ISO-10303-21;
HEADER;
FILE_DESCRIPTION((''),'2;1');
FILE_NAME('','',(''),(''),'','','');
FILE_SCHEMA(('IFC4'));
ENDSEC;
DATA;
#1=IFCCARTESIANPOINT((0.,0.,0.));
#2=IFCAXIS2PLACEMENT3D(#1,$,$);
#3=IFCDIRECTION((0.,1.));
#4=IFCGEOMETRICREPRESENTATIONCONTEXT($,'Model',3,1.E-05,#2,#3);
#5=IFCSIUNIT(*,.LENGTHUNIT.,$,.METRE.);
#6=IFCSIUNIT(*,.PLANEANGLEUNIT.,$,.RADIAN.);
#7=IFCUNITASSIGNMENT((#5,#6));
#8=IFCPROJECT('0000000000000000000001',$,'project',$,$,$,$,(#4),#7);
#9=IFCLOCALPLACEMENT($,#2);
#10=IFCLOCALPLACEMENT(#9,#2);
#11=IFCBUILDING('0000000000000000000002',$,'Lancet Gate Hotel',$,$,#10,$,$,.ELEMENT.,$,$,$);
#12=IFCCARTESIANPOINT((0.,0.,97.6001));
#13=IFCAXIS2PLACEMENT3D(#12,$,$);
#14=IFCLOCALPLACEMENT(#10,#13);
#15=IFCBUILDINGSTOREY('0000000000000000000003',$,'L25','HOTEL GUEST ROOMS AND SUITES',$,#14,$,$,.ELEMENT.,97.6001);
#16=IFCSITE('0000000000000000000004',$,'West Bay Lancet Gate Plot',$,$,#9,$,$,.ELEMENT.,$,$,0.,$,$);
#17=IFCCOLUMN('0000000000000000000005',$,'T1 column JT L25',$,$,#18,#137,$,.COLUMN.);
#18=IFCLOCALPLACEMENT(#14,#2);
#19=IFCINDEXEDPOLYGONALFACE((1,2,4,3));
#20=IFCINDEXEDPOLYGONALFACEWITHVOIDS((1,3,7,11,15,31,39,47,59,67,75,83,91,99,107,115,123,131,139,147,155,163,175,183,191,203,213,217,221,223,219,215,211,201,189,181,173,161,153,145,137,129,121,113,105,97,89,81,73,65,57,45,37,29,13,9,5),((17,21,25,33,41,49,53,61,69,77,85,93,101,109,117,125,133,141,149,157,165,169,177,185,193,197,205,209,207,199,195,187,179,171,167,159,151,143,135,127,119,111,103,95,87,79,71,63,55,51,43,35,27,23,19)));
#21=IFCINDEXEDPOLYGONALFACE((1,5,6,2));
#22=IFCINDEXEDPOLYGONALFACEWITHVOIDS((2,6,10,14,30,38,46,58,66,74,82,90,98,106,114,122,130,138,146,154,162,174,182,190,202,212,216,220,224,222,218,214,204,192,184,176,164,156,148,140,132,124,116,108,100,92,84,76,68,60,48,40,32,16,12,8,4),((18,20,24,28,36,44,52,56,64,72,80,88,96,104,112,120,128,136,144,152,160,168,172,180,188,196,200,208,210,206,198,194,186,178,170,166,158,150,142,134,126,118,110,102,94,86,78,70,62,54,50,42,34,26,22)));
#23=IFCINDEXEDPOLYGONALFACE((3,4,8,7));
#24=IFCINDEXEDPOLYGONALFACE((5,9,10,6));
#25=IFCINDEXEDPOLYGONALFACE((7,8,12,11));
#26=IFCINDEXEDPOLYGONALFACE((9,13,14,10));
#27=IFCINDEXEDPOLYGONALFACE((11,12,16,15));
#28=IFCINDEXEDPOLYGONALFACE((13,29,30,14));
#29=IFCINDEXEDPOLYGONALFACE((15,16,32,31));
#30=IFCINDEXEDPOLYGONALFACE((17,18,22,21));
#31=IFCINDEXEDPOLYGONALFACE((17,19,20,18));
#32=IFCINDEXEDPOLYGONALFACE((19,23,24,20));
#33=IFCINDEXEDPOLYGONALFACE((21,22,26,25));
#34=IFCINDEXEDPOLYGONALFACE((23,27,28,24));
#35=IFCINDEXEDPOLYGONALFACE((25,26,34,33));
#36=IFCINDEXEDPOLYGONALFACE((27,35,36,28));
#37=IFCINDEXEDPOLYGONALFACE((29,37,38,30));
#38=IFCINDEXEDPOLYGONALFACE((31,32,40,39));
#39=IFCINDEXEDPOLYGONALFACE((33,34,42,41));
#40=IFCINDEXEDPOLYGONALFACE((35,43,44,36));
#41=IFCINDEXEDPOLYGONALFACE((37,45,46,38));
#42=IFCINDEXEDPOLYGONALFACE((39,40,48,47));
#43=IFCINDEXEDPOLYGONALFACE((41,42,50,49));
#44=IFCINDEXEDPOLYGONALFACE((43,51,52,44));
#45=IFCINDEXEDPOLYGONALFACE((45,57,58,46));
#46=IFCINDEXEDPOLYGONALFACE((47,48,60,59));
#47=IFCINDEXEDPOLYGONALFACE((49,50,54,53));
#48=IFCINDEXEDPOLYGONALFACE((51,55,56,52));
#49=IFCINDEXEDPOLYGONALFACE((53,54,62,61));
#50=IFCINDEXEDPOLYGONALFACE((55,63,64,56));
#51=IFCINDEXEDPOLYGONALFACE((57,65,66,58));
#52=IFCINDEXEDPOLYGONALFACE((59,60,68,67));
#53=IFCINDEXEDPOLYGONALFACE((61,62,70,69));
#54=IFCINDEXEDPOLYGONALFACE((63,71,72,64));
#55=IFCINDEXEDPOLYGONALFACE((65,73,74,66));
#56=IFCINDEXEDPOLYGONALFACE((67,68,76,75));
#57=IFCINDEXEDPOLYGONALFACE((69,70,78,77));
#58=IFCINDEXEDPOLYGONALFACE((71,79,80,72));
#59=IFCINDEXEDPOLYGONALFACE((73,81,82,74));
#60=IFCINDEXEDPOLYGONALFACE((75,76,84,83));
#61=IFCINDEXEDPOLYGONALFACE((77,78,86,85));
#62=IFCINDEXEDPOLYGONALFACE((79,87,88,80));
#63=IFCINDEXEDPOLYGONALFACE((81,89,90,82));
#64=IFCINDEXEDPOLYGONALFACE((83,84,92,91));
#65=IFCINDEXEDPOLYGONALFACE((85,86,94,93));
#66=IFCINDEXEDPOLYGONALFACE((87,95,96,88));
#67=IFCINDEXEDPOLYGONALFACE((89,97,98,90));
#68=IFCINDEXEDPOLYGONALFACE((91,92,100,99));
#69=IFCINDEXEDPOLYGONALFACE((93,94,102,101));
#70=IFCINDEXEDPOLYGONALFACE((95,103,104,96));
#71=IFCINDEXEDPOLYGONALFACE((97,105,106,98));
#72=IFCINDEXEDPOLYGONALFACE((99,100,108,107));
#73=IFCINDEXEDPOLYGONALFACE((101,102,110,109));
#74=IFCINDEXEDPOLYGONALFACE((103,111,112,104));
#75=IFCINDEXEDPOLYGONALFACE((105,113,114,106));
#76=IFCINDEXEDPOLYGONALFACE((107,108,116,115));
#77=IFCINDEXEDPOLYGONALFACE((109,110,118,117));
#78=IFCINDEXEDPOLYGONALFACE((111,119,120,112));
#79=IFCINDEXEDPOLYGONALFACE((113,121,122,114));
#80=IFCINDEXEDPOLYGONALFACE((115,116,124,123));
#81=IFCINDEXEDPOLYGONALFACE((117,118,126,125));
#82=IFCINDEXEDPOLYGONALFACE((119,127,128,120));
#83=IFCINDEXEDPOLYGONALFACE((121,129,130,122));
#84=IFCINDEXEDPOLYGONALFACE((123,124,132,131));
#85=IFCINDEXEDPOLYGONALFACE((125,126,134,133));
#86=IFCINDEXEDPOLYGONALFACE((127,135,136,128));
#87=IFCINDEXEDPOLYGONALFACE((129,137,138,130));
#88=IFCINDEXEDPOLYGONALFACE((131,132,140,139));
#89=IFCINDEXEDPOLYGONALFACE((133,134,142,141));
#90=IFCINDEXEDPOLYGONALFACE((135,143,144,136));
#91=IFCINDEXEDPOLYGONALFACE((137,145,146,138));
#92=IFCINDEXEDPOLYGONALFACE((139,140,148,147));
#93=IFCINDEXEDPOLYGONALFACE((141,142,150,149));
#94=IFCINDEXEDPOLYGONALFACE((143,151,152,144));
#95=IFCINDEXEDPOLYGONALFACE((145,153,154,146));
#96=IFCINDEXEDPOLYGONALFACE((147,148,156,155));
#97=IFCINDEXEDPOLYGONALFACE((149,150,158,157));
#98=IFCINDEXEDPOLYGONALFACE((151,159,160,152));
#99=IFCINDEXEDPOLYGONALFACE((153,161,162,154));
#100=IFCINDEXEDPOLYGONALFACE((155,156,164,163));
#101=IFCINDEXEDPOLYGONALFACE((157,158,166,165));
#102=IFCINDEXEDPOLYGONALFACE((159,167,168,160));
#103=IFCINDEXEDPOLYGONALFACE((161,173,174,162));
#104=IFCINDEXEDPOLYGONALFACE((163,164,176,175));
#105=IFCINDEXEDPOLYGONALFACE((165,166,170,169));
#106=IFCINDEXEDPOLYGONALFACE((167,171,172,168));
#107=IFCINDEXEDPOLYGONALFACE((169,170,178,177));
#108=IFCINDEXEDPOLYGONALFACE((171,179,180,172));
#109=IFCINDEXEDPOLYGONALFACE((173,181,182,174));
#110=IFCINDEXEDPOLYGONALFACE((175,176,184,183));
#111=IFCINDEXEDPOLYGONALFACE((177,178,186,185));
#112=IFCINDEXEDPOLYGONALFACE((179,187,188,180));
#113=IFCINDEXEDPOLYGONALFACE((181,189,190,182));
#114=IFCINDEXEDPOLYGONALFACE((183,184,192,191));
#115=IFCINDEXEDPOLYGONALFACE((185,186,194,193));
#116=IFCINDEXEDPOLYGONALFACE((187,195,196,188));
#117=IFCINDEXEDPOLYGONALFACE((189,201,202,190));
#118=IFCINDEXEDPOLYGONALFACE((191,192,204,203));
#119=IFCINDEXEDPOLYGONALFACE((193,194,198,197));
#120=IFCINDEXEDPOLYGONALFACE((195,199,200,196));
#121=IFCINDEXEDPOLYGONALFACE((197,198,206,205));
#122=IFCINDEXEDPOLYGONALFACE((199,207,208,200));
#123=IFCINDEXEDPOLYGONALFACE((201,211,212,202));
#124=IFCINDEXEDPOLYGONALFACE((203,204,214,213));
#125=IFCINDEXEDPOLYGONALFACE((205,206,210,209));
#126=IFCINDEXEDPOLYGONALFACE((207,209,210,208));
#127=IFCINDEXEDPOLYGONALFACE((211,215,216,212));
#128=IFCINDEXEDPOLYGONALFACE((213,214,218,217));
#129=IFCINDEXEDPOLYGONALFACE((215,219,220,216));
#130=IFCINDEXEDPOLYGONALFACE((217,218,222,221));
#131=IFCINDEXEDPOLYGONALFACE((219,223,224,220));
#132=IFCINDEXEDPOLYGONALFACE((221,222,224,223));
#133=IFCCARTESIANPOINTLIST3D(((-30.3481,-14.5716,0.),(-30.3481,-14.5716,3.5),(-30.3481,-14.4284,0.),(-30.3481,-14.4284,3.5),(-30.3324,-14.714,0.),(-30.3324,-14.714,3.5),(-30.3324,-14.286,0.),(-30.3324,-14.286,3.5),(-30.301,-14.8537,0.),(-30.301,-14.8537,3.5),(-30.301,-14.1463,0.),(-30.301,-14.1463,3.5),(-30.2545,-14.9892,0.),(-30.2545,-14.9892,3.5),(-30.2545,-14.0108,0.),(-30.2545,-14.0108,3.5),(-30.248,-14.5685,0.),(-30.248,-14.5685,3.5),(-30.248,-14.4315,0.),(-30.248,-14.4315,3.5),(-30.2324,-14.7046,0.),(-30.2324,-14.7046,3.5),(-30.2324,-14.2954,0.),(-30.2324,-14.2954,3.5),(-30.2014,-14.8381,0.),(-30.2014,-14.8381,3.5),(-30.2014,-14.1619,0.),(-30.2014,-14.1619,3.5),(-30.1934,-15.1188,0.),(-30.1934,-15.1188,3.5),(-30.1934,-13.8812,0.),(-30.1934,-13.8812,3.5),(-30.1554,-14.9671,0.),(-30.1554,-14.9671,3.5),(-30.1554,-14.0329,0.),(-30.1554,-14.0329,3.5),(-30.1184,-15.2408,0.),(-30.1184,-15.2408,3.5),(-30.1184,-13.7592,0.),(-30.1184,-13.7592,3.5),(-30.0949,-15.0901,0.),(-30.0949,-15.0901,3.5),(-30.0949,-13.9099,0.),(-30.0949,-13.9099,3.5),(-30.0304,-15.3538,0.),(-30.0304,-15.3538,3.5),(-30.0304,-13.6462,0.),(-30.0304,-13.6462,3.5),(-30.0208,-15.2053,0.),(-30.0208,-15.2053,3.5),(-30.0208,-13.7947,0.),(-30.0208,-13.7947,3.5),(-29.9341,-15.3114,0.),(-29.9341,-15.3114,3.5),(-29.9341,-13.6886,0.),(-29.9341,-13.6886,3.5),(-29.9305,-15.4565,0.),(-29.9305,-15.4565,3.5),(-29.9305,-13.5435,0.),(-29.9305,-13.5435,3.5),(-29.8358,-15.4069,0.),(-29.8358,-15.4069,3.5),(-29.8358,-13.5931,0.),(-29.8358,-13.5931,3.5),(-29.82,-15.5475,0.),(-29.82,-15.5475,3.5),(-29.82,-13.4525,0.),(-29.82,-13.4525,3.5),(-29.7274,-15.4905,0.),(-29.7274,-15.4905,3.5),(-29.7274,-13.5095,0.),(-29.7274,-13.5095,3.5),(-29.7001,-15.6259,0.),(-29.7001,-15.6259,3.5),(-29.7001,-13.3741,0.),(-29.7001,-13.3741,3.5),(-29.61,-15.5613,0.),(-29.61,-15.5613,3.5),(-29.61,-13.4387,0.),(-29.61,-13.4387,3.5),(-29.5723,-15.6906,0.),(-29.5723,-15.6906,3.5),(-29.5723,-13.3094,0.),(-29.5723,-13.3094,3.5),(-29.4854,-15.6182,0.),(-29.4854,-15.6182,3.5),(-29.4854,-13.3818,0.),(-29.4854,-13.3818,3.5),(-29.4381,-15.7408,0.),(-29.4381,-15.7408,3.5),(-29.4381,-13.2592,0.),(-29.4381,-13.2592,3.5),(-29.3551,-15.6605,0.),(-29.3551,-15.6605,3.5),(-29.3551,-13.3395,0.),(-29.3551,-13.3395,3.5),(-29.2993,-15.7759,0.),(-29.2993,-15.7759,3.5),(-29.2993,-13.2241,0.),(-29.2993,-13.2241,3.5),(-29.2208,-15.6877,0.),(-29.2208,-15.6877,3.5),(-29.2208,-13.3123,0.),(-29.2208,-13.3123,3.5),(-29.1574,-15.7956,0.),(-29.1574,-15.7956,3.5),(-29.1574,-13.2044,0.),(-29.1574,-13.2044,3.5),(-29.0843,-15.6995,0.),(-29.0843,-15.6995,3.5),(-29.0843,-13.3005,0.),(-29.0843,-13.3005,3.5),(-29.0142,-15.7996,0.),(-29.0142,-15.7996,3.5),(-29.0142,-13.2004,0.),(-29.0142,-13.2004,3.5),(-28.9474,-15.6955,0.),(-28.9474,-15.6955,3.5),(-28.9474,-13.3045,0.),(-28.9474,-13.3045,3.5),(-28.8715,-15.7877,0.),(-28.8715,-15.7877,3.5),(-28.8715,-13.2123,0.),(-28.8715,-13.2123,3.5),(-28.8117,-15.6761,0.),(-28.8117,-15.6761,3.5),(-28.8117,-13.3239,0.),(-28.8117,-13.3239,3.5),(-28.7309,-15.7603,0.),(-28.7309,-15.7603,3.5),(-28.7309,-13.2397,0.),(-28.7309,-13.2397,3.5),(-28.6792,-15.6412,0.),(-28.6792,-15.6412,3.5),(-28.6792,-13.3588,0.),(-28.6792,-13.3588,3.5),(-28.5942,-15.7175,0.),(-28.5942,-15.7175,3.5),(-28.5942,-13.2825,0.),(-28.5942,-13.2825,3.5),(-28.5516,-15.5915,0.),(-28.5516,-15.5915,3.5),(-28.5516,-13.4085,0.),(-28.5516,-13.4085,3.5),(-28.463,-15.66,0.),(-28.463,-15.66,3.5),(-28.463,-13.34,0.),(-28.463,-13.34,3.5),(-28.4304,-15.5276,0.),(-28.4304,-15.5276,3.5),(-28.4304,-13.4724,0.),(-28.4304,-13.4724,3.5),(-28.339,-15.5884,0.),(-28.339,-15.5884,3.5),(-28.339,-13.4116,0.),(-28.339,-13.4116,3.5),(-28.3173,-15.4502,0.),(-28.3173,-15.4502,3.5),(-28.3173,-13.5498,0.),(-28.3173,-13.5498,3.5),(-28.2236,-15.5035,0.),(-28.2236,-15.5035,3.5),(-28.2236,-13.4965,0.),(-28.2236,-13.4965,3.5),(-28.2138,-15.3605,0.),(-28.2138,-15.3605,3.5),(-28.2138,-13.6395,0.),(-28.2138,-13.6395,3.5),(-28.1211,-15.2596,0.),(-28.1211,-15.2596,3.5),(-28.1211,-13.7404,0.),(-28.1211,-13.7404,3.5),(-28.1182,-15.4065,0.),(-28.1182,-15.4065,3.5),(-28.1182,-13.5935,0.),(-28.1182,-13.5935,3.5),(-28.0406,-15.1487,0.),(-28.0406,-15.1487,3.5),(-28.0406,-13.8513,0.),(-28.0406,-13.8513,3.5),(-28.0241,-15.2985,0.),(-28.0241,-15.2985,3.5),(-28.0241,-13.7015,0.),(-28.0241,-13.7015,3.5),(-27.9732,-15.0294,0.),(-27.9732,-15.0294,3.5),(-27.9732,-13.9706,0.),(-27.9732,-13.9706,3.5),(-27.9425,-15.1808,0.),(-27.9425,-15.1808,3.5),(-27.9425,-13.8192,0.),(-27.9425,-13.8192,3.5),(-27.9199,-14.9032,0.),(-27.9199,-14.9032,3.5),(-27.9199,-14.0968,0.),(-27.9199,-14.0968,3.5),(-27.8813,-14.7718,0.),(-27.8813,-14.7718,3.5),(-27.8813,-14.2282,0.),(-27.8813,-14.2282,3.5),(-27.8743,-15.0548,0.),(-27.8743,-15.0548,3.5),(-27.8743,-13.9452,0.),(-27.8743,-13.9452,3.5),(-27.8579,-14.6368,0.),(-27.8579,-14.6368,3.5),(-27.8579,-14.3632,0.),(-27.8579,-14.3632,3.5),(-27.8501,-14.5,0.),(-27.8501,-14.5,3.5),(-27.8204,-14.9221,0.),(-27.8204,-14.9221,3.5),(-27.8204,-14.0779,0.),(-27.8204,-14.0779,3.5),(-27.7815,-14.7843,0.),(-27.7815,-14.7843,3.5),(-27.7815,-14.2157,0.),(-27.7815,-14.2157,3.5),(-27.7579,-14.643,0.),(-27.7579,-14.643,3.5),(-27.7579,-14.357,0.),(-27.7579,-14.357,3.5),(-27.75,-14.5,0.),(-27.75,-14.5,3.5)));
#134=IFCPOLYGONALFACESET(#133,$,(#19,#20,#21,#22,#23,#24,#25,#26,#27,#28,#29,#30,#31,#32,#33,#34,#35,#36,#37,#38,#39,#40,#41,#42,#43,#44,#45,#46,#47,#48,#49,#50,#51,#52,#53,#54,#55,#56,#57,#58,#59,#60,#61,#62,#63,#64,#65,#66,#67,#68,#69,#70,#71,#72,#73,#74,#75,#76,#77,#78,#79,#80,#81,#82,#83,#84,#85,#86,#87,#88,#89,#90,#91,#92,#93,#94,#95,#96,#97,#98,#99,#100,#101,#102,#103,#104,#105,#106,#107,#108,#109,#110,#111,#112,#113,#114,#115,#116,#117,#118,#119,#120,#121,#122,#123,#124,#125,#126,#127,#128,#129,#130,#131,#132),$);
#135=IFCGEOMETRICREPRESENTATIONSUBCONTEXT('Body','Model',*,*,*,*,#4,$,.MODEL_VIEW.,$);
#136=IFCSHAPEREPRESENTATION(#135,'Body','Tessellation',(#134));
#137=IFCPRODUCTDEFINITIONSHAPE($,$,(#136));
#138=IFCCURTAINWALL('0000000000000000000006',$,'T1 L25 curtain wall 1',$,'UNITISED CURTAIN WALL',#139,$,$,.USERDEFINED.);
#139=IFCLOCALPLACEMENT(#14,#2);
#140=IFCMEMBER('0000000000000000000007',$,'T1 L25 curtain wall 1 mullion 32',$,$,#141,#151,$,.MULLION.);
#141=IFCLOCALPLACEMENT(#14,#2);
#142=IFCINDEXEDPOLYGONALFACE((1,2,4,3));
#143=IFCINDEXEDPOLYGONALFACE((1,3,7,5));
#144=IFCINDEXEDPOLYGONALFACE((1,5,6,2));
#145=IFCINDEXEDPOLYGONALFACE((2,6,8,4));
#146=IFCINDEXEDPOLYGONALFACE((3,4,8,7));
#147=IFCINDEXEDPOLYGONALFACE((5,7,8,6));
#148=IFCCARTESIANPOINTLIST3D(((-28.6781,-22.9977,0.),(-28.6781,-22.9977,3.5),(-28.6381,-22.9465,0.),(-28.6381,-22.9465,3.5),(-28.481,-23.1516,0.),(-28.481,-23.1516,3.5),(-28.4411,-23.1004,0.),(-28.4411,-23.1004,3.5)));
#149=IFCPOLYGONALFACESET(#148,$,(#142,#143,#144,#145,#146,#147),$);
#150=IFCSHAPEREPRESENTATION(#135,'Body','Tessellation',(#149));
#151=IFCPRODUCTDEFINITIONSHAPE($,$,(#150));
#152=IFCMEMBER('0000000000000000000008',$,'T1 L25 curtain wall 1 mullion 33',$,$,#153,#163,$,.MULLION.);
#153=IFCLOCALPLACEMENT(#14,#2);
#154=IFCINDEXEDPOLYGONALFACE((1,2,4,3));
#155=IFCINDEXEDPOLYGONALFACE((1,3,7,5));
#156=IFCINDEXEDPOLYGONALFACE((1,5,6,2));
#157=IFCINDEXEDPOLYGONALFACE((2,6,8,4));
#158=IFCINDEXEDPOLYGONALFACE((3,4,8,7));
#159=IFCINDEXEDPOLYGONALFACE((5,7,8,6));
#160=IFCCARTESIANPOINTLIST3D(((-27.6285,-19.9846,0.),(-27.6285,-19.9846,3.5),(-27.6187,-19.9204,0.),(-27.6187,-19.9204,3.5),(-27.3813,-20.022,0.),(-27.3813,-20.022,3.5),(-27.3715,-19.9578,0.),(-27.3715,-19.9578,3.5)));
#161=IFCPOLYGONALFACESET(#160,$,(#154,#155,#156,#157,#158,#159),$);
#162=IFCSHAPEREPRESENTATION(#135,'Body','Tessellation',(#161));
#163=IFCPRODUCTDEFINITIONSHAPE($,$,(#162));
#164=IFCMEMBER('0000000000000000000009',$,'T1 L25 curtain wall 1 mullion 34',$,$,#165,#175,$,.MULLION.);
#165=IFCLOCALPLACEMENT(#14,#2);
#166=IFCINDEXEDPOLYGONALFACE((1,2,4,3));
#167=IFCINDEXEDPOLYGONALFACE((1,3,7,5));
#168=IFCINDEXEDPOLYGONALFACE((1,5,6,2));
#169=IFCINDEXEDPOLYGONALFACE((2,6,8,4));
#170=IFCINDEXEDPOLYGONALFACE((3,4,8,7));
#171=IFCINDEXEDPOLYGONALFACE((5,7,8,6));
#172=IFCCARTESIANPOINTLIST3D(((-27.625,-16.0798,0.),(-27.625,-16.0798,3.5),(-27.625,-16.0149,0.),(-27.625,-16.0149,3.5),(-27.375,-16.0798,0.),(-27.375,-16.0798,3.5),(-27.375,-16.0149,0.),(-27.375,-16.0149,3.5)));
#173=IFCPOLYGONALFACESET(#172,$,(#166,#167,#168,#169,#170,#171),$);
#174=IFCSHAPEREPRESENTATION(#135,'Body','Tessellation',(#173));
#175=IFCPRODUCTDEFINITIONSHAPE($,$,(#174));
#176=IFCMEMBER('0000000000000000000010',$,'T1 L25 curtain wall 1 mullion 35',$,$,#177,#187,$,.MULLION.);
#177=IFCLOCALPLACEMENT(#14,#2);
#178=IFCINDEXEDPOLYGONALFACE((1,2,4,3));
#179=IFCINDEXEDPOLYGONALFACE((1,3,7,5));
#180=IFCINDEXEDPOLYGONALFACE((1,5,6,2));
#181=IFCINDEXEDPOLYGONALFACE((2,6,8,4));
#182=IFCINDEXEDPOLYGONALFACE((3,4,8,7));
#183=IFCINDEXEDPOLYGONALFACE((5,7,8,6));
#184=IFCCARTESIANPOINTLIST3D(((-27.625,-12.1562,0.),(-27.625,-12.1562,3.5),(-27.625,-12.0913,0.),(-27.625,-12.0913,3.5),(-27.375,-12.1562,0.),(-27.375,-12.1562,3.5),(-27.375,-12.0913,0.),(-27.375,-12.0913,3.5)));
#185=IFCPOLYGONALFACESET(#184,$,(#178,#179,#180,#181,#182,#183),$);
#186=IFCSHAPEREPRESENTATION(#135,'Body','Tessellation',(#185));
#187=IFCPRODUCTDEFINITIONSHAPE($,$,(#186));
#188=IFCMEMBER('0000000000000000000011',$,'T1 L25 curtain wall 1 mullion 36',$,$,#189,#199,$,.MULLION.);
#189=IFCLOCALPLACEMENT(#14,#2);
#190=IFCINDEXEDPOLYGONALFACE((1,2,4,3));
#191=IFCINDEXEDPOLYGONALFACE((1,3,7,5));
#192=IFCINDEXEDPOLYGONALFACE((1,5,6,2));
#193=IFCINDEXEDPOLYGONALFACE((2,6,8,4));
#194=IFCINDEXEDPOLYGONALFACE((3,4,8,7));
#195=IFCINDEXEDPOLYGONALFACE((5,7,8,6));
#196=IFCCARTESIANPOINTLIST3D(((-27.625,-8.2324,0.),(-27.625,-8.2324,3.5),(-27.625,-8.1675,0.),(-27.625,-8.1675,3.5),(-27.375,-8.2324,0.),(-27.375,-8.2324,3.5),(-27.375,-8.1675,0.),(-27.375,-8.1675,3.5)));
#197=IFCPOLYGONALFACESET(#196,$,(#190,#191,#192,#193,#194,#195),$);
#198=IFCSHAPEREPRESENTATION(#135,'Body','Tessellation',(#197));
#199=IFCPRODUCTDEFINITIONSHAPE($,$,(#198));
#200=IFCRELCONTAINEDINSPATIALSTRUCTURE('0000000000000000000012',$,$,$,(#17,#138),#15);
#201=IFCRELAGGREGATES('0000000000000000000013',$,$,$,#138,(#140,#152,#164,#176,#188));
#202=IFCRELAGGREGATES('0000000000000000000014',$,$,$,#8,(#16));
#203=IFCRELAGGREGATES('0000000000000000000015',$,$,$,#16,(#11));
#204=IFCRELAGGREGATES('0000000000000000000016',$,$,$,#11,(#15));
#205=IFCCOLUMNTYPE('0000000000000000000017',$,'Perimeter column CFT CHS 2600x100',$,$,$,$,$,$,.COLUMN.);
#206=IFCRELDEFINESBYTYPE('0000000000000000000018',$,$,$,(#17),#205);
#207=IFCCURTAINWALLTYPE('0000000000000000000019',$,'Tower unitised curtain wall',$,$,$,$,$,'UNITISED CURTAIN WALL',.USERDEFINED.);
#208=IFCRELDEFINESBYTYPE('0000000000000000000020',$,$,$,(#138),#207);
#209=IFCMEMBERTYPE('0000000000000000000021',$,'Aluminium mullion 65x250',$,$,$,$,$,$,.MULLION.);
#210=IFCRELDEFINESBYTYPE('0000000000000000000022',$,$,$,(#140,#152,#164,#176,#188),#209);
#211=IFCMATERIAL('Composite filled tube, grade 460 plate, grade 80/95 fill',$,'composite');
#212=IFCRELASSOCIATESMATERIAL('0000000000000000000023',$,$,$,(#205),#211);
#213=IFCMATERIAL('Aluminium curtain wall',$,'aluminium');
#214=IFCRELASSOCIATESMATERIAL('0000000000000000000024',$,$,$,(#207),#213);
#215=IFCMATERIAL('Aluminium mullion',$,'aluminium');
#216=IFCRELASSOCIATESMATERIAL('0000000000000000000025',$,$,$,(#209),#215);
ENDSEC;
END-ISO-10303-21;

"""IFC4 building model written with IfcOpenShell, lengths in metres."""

from ifc_helpers import new_model, si_unit, direction, frame, origin, origin_2d, place, context, subcontext, project, spatial, rectangle, hollow_circle, extrude, material, material_profile, profile_set, type_object, element, aggregate, save


model = new_model("IFC4")

# Units and contexts
model_context = context("Model", 3, precision=1e-05, world=origin(), true_north=direction((0.0, 1.0)))
body_context = subcontext(model_context, "Body", "Model", "MODEL_VIEW")
ifc_project = project(units=[si_unit("LENGTHUNIT", "METRE"), si_unit("PLANEANGLEUNIT", "RADIAN")], contexts=[model_context])

# Site, building, storey
site_placement = place(None, origin())
site = spatial("IfcSite", under=ifc_project, at=site_placement, Name="West Bay Lancet Gate Plot", CompositionType="ELEMENT", RefElevation=0.0)
building_placement = place(site_placement, origin())
building = spatial("IfcBuilding", under=site, at=building_placement, Name="Lancet Gate Hotel", CompositionType="ELEMENT")
storey_placement = place(building_placement, frame((0.0, 0.0, 97.6001)))
storey = spatial("IfcBuildingStorey", under=building, at=storey_placement, Name="L25", Description="HOTEL GUEST ROOMS AND SUITES", CompositionType="ELEMENT", Elevation=97.6001)

# Column
ifc_material_1 = material(Name="Composite filled tube, grade 460 plate, grade 80/95 fill", Category="composite")
ifc_material_profile_1 = material_profile(ifc_material_1, hollow_circle(Radius=1.3, WallThickness=0.1001, at=origin_2d()), Name="CHS 2600x100")
ifc_profile_set_1 = profile_set([ifc_material_profile_1], Name="Composite filled tube, grade 460 plate, grade 80/95 fill")
column_type = type_object("IfcColumnType", Name="Perimeter column CFT CHS 2600x100", PredefinedType="COLUMN", material=ifc_profile_set_1)
for number, where, z_axis, x_axis, name in (
    (1, (-29.05, -14.5, 0.0), (0.0, 0.0, 1.0), (1.0, 0.0, 0.0), "T1 column JT L25"),
):
    element("IfcColumn", number, at=place(storey_placement, frame(where, z_axis=z_axis, x_axis=x_axis)), inside=storey, type_object=column_type, Name=name, PredefinedType="COLUMN", context=body_context, shape_type="SweptSolid", body=[
        extrude(hollow_circle(Radius=1.3, WallThickness=0.1001, at=origin_2d()), origin(), (0.0, 0.0, 1.0), 3.5),
    ])

# Curtain wall, members
ifc_material_2 = material(Name="Aluminium curtain wall", Category="aluminium")
curtain_wall_type = type_object("IfcCurtainWallType", Name="Tower unitised curtain wall", ElementType="UNITISED CURTAIN WALL", PredefinedType="USERDEFINED", material=ifc_material_2)
curtain_wall_placement = place(storey_placement, origin())
curtain_wall = element("IfcCurtainWall", 2, at=curtain_wall_placement, inside=storey, type_object=curtain_wall_type, Name="T1 L25 curtain wall 1", ObjectType="UNITISED CURTAIN WALL", PredefinedType="USERDEFINED")
ifc_material_3 = material(Name="Aluminium mullion", Category="aluminium")
ifc_material_profile_2 = material_profile(ifc_material_3, rectangle(XDim=0.0649, YDim=0.25, at=origin_2d()), Name="MULLION 65x250")
ifc_profile_set_2 = profile_set([ifc_material_profile_2], Name="Aluminium mullion")
member_type_1 = type_object("IfcMemberType", Name="Aluminium mullion 65x250", PredefinedType="MULLION", material=ifc_profile_set_2)
member_1_placement = place(storey_placement, frame((-28.5596, -23.0491, 0.0), z_axis=(0.0, 0.0, 1.0), x_axis=(0.615574, 0.788079, 0.0)))
member_1 = element("IfcMember", 3, at=member_1_placement, type_object=member_type_1, Name="T1 L25 curtain wall 1 mullion 32", PredefinedType="MULLION", context=body_context, shape_type="SweptSolid", body=[
    extrude(rectangle(XDim=0.0649, YDim=0.25, at=origin_2d()), origin(), (0.0, 0.0, 1.0), 3.5),
])
member_2_placement = place(storey_placement, frame((-27.5, -19.9712, 0.0), z_axis=(0.0, 0.0, 1.0), x_axis=(0.149634, 0.988741, 0.0)))
member_2 = element("IfcMember", 4, at=member_2_placement, type_object=member_type_1, Name="T1 L25 curtain wall 1 mullion 33", PredefinedType="MULLION", context=body_context, shape_type="SweptSolid", body=[
    extrude(rectangle(XDim=0.0649, YDim=0.25, at=origin_2d()), origin(), (0.0, 0.0, 1.0), 3.5),
])
member_3_placement = place(storey_placement, frame((-27.5, -16.0474, 0.0), z_axis=(0.0, 0.0, 1.0), x_axis=(0.0, 1.0, 0.0)))
member_3 = element("IfcMember", 5, at=member_3_placement, type_object=member_type_1, Name="T1 L25 curtain wall 1 mullion 34", PredefinedType="MULLION", context=body_context, shape_type="SweptSolid", body=[
    extrude(rectangle(XDim=0.0649, YDim=0.25, at=origin_2d()), origin(), (0.0, 0.0, 1.0), 3.5),
])
member_4_placement = place(storey_placement, frame((-27.5, -12.1238, 0.0), z_axis=(0.0, 0.0, 1.0), x_axis=(0.0, 1.0, 0.0)))
member_4 = element("IfcMember", 6, at=member_4_placement, type_object=member_type_1, Name="T1 L25 curtain wall 1 mullion 35", PredefinedType="MULLION", context=body_context, shape_type="SweptSolid", body=[
    extrude(rectangle(XDim=0.0649, YDim=0.25, at=origin_2d()), origin(), (0.0, 0.0, 1.0), 3.5),
])
member_5_placement = place(storey_placement, frame((-27.5, -8.2, 0.0), z_axis=(0.0, 0.0, 1.0), x_axis=(0.0, 1.0, 0.0)))
member_5 = element("IfcMember", 7, at=member_5_placement, type_object=member_type_1, Name="T1 L25 curtain wall 1 mullion 36", PredefinedType="MULLION", context=body_context, shape_type="SweptSolid", body=[
    extrude(rectangle(XDim=0.0649, YDim=0.25, at=origin_2d()), origin(), (0.0, 0.0, 1.0), 3.5),
])

aggregate(curtain_wall, [member_1, member_2, member_3, member_4, member_5])

save(model, "model.ifc")
